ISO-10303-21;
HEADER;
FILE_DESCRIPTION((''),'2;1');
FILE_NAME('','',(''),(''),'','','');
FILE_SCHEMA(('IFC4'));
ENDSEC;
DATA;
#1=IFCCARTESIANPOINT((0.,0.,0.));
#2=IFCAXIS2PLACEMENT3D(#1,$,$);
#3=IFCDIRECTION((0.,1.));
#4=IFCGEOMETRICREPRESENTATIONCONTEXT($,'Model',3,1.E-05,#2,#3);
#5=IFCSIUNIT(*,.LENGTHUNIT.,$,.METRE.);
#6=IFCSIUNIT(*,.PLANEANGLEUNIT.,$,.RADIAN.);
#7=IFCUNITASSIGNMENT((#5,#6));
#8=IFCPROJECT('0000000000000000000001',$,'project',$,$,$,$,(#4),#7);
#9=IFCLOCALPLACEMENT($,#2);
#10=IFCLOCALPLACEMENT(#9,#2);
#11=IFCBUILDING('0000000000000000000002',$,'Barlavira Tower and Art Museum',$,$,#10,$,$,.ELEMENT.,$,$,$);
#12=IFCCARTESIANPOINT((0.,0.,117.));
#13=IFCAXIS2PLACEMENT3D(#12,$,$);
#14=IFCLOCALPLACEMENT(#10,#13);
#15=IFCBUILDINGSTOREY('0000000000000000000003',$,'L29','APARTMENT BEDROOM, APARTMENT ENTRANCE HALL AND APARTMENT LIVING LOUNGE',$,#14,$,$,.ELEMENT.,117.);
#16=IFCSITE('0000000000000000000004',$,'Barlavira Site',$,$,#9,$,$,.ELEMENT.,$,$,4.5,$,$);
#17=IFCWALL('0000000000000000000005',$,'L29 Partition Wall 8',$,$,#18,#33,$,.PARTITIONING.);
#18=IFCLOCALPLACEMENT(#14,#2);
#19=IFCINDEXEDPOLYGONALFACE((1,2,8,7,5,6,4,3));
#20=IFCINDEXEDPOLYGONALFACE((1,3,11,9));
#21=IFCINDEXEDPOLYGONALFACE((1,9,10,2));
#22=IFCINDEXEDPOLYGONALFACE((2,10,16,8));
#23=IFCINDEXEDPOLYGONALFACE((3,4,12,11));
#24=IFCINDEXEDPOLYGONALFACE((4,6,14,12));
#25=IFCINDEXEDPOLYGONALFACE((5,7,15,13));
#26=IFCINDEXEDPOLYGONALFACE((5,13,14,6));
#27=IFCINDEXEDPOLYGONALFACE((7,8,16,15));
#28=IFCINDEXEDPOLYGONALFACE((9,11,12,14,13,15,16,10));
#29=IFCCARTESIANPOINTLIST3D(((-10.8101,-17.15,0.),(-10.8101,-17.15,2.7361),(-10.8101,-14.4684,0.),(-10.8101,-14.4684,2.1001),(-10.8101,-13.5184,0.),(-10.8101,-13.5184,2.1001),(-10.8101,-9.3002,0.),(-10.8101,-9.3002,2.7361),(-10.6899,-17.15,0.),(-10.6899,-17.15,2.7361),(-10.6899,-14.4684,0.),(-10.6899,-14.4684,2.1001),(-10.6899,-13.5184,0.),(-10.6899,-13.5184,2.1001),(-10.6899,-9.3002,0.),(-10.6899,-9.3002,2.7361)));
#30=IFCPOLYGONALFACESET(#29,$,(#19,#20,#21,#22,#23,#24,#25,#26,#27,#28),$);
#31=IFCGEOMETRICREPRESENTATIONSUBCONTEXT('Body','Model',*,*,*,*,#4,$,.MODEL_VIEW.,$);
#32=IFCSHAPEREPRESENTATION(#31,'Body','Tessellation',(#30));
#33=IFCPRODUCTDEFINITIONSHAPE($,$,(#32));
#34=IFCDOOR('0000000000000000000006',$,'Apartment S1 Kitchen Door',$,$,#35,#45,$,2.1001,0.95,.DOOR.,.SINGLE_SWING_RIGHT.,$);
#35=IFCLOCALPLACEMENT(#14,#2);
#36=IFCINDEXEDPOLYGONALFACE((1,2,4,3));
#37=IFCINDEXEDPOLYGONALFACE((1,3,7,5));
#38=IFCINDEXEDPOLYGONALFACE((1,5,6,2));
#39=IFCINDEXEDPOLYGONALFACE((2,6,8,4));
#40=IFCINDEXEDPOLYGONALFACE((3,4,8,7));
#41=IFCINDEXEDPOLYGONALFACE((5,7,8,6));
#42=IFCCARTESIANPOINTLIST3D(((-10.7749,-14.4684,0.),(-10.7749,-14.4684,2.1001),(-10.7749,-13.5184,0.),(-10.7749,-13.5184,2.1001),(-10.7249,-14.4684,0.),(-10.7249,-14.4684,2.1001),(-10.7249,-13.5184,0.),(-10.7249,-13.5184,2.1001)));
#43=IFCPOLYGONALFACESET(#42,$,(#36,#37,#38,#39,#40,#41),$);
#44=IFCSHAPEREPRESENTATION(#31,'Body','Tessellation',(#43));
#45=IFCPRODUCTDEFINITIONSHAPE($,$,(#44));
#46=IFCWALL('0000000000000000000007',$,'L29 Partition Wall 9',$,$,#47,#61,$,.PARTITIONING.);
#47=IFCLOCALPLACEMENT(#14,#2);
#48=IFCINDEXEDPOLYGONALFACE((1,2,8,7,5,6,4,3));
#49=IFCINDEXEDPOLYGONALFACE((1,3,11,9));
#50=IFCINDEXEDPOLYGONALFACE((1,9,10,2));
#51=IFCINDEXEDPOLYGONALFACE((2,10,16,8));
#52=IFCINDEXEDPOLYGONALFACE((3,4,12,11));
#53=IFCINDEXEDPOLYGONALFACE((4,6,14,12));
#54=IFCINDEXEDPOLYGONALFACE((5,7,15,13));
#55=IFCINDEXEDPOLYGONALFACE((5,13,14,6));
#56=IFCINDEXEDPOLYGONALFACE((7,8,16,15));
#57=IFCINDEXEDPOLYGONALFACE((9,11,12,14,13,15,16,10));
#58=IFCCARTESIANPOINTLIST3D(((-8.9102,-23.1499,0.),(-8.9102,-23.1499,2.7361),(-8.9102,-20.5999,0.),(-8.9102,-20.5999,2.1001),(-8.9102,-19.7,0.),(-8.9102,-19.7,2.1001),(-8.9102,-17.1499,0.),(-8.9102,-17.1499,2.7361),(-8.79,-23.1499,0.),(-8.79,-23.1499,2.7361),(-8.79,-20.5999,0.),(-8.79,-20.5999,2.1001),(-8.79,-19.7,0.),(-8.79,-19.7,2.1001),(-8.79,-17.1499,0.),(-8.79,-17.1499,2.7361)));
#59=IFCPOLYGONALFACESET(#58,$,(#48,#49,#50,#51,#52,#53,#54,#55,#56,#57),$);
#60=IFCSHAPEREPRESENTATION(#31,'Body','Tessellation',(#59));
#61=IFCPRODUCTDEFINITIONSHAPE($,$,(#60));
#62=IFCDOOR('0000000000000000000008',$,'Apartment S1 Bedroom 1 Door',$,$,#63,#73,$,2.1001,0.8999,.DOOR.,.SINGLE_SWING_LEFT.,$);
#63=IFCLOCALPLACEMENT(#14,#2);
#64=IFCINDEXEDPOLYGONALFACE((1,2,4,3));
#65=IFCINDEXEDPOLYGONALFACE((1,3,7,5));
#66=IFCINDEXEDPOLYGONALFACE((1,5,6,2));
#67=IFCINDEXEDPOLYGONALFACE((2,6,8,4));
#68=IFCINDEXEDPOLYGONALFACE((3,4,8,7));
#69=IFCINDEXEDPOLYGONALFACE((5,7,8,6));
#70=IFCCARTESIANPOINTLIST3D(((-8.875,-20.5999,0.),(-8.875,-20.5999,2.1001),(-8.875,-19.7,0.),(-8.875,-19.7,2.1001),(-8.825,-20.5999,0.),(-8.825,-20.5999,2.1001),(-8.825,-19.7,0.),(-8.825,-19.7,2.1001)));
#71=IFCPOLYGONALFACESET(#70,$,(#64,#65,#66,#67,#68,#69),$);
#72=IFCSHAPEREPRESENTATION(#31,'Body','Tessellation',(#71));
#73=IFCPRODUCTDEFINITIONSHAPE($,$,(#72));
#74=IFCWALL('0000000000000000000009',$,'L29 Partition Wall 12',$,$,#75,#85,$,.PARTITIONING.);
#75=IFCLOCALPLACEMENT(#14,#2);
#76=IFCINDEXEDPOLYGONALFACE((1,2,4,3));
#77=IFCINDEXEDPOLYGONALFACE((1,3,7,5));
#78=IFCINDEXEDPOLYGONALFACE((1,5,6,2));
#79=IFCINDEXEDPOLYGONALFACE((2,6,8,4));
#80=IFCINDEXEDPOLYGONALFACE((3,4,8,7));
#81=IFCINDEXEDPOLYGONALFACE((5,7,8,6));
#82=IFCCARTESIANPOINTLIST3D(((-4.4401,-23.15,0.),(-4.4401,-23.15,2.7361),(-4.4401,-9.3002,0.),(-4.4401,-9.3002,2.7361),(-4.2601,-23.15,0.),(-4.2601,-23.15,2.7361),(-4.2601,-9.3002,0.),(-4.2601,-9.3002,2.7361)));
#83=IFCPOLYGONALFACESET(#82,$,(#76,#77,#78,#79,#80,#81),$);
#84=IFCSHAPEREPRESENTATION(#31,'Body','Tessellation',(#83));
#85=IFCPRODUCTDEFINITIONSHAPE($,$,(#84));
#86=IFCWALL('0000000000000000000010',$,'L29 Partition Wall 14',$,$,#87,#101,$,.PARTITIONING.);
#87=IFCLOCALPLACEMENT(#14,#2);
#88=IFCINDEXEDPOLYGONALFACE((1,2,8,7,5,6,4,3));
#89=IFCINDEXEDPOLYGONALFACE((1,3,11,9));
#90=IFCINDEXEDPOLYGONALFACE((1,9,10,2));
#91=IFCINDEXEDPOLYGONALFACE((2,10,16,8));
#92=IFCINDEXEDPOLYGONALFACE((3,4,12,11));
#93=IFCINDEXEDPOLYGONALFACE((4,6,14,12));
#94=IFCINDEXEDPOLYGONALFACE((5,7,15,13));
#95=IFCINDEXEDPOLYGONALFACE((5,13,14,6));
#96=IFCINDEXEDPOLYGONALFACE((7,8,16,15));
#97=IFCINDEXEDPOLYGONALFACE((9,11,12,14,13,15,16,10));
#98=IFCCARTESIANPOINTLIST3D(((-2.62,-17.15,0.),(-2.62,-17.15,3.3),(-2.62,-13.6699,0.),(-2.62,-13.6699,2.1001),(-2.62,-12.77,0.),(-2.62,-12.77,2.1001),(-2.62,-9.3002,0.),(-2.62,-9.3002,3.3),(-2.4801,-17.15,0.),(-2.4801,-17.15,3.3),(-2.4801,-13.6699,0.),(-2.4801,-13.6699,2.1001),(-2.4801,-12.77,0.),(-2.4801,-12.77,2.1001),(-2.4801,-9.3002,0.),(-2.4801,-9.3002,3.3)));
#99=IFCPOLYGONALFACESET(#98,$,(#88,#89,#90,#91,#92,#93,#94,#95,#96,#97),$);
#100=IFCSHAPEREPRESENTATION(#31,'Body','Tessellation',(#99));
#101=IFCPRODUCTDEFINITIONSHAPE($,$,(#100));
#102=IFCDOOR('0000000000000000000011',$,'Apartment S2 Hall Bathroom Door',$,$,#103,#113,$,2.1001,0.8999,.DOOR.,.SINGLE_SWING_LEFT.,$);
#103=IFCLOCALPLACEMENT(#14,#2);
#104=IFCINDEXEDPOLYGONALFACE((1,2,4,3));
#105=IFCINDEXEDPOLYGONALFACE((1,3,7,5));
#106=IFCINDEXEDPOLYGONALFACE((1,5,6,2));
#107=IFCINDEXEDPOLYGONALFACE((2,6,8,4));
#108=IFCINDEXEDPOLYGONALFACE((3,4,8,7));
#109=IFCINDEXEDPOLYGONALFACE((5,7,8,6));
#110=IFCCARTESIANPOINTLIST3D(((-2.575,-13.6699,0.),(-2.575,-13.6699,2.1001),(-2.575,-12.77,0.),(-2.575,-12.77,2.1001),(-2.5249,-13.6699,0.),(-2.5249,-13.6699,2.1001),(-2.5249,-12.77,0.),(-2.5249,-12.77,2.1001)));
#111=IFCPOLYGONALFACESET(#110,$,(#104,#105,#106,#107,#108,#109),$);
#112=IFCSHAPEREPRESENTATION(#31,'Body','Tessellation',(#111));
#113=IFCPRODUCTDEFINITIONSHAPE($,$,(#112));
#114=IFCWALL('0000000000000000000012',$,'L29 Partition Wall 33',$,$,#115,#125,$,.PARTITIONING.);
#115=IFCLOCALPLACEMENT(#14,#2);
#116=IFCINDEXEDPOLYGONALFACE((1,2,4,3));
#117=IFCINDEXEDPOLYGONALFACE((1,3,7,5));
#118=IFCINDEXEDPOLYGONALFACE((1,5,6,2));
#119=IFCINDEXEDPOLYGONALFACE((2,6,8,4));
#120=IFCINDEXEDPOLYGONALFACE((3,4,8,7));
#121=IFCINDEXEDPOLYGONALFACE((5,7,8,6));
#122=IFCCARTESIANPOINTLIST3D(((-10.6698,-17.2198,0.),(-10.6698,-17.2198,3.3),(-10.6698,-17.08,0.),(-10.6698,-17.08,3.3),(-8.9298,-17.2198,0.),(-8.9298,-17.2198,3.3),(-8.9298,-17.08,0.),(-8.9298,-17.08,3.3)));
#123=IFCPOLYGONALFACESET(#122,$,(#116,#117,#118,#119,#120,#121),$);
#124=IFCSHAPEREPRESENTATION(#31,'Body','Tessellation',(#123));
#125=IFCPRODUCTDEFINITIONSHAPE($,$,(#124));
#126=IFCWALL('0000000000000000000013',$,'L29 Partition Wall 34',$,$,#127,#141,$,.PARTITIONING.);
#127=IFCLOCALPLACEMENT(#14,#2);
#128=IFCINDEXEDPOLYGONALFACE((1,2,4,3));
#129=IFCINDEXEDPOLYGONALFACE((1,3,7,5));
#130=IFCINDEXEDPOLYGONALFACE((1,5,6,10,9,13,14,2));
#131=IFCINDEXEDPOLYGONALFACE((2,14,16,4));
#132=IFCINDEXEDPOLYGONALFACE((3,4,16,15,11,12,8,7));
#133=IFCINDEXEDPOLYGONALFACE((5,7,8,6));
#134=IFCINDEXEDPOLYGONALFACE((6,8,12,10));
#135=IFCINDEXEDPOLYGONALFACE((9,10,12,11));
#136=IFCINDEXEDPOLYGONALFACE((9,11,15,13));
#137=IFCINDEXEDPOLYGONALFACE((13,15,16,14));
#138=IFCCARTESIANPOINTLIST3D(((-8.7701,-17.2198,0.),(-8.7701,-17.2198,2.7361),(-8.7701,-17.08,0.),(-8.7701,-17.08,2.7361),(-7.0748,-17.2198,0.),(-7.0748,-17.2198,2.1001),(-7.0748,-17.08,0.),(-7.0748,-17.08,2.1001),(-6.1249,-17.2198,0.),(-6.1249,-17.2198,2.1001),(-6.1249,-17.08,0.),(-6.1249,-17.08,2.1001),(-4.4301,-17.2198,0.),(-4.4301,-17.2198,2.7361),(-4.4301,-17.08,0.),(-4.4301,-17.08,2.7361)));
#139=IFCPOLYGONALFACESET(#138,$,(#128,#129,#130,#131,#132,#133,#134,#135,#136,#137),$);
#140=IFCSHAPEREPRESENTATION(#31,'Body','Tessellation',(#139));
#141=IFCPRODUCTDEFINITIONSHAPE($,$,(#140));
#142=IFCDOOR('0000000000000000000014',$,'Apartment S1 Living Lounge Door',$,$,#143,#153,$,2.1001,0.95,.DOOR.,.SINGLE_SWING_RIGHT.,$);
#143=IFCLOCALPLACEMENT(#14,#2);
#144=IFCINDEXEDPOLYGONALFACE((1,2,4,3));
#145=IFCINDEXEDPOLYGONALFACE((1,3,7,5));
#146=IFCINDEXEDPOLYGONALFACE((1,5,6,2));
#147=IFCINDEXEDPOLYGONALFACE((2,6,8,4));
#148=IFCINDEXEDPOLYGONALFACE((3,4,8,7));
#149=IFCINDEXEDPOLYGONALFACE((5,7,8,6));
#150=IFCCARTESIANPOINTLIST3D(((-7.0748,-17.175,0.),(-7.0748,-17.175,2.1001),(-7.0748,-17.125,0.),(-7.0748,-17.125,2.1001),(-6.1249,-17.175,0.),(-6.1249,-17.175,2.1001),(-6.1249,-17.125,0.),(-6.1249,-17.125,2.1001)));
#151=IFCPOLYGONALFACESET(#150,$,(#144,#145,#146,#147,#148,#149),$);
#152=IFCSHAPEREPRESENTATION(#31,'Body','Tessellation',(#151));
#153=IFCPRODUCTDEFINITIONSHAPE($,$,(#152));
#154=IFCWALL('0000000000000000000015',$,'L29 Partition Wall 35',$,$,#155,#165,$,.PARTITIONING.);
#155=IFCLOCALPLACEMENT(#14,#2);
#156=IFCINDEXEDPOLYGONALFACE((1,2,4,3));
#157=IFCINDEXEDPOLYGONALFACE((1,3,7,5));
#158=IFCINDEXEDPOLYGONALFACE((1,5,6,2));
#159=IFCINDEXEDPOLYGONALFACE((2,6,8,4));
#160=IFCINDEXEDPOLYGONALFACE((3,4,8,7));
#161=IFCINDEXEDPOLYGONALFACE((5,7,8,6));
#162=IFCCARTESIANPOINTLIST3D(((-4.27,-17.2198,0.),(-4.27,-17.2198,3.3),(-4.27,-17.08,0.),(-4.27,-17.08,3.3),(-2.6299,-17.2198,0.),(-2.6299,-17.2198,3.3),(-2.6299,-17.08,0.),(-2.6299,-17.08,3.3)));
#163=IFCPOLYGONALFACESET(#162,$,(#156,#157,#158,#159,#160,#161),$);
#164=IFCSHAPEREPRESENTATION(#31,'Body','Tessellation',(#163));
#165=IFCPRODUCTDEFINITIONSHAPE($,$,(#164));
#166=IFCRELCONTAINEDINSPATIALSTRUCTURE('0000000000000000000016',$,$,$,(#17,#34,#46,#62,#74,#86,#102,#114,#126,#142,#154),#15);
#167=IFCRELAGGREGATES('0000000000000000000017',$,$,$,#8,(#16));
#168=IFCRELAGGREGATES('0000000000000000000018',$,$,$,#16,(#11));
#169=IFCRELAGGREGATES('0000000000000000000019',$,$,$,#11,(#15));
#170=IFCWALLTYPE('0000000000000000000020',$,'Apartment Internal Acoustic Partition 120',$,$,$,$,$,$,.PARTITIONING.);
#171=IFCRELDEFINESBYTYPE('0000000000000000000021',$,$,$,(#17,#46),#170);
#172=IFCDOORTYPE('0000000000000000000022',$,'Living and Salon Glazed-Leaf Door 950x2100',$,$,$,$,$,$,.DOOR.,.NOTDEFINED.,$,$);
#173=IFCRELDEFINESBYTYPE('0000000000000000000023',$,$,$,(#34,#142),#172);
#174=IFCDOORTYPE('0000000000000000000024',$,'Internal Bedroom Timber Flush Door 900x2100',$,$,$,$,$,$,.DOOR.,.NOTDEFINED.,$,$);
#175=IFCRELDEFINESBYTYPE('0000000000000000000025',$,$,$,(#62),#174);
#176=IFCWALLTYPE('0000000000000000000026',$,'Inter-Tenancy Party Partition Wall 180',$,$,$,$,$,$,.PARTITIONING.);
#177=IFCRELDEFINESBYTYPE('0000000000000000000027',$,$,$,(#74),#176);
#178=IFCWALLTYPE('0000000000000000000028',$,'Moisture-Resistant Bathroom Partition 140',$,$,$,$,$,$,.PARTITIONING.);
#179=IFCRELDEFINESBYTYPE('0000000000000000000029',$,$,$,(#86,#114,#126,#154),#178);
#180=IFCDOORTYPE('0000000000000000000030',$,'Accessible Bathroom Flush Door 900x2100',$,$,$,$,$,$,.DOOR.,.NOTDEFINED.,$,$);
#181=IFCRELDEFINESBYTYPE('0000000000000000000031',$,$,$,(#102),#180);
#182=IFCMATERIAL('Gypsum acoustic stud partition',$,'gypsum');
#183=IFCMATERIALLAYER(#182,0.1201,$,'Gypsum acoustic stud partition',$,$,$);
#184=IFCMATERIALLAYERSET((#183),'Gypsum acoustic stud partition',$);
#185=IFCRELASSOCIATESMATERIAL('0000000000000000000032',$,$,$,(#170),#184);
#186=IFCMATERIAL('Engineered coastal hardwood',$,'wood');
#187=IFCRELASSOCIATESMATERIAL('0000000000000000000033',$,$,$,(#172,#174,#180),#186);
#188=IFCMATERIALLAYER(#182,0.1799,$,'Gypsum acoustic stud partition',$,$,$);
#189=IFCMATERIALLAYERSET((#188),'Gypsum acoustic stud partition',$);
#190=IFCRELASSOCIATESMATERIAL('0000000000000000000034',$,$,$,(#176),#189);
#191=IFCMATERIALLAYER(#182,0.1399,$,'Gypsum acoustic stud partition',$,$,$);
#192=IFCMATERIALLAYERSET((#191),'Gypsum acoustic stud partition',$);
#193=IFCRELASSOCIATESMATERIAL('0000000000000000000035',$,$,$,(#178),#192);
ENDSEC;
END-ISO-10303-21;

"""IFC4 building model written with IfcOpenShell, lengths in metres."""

from ifc_helpers import new_model, si_unit, direction, frame, frame_2d, origin, place, context, subcontext, project, spatial, rectangle, extrude, material, layer, layer_set, type_object, element, fill, save


model = new_model("IFC4")

# Units and contexts
model_context = context("Model", 3, precision=1e-05, world=origin(), true_north=direction((0.0, 1.0)))
body_context = subcontext(model_context, "Body", "Model", "MODEL_VIEW")
ifc_project = project(units=[si_unit("LENGTHUNIT", "METRE"), si_unit("PLANEANGLEUNIT", "RADIAN")], contexts=[model_context])

# Site, building, storey
site_placement = place(None, origin())
site = spatial("IfcSite", under=ifc_project, at=site_placement, Name="Barlavira Site", CompositionType="ELEMENT", RefElevation=4.5)
building_placement = place(site_placement, origin())
building = spatial("IfcBuilding", under=site, at=building_placement, Name="Barlavira Tower and Art Museum", CompositionType="ELEMENT")
storey_placement = place(building_placement, frame((0.0, 0.0, 117.0)))
storey = spatial("IfcBuildingStorey", under=building, at=storey_placement, Name="L29", Description="APARTMENT BEDROOM, APARTMENT ENTRANCE HALL AND APARTMENT LIVING LOUNGE", CompositionType="ELEMENT", Elevation=117.0)

# Walls, openings, doors
ifc_material_1 = material(Name="Gypsum acoustic stud partition", Category="gypsum")
ifc_layer_1 = layer(ifc_material_1, 0.1201, Name="Gypsum acoustic stud partition")
ifc_layer_set_1 = layer_set([ifc_layer_1], Name="Gypsum acoustic stud partition")
wall_type_1 = type_object("IfcWallType", Name="Apartment Internal Acoustic Partition 120", PredefinedType="PARTITIONING", material=ifc_layer_set_1)
wall_1_placement = place(storey_placement, frame((-10.75, -17.1499, 0.0), z_axis=(0.0, 0.0, 1.0), x_axis=(0.0, 1.0, 0.0)))
wall_1 = element("IfcWall", 1, at=wall_1_placement, inside=storey, type_object=wall_type_1, Name="L29 Partition Wall 8", PredefinedType="PARTITIONING", context=body_context, shape_type="SweptSolid", body=[
    extrude(rectangle(XDim=7.8499, YDim=0.1201, at=frame_2d((3.9248, 0.0))), origin(), (0.0, 0.0, 1.0), 2.7361),
])
opening_1_placement = place(wall_1_placement, frame((2.6814, 0.0, 0.0)))
opening_1 = element("IfcOpeningElement", 2, at=opening_1_placement, cuts=wall_1, PredefinedType="OPENING", context=body_context, shape_type="SweptSolid", body=[
    extrude(rectangle(XDim=0.95, YDim=2.1001, at=frame_2d((0.4751, 1.05))), frame((0.0, 0.0701, 0.0), z_axis=(0.0, -1.0, 0.0), x_axis=(1.0, 0.0, 0.0)), (0.0, 0.0, 1.0), 0.1401),
])
ifc_material_2 = material(Name="Engineered coastal hardwood", Category="wood")
door_type_1 = type_object("IfcDoorType", Name="Living and Salon Glazed-Leaf Door 950x2100", OperationType="NOTDEFINED", PredefinedType="DOOR", material=ifc_material_2)
door_1_placement = place(opening_1_placement, origin())
door_1 = element("IfcDoor", 3, at=door_1_placement, inside=storey, type_object=door_type_1, Name="Apartment S1 Kitchen Door", OperationType="SINGLE_SWING_RIGHT", OverallHeight=2.1001, OverallWidth=0.95, PredefinedType="DOOR", context=body_context, shape_type="SweptSolid", body=[
    extrude(rectangle(XDim=0.95, YDim=2.1001, at=frame_2d((0.4751, 1.05))), frame((0.0, 0.0249, 0.0), z_axis=(0.0, -1.0, 0.0), x_axis=(1.0, 0.0, 0.0)), (0.0, 0.0, 1.0), 0.05),
])
fill(opening_1, door_1)
wall_2_placement = place(storey_placement, frame((-8.8501, -23.1499, 0.0), z_axis=(0.0, 0.0, 1.0), x_axis=(0.0, 1.0, 0.0)))
wall_2 = element("IfcWall", 4, at=wall_2_placement, inside=storey, type_object=wall_type_1, Name="L29 Partition Wall 9", PredefinedType="PARTITIONING", context=body_context, shape_type="SweptSolid", body=[
    extrude(rectangle(XDim=6.0, YDim=0.1201, at=frame_2d((3.0, 0.0))), origin(), (0.0, 0.0, 1.0), 2.7361),
])
opening_2_placement = place(wall_2_placement, frame((2.55, 0.0, 0.0)))
opening_2 = element("IfcOpeningElement", 5, at=opening_2_placement, cuts=wall_2, PredefinedType="OPENING", context=body_context, shape_type="SweptSolid", body=[
    extrude(rectangle(XDim=0.8999, YDim=2.1001, at=frame_2d((0.45, 1.05))), frame((0.0, 0.0701, 0.0), z_axis=(0.0, -1.0, 0.0), x_axis=(1.0, 0.0, 0.0)), (0.0, 0.0, 1.0), 0.1401),
])
door_type_2 = type_object("IfcDoorType", Name="Internal Bedroom Timber Flush Door 900x2100", OperationType="NOTDEFINED", PredefinedType="DOOR", material=ifc_material_2)
door_2_placement = place(opening_2_placement, origin())
door_2 = element("IfcDoor", 6, at=door_2_placement, inside=storey, type_object=door_type_2, Name="Apartment S1 Bedroom 1 Door", OperationType="SINGLE_SWING_LEFT", OverallHeight=2.1001, OverallWidth=0.8999, PredefinedType="DOOR", context=body_context, shape_type="SweptSolid", body=[
    extrude(rectangle(XDim=0.8999, YDim=2.1001, at=frame_2d((0.45, 1.05))), frame((0.0, 0.0249, 0.0), z_axis=(0.0, -1.0, 0.0), x_axis=(1.0, 0.0, 0.0)), (0.0, 0.0, 1.0), 0.05),
])
fill(opening_2, door_2)

# Wall
ifc_layer_2 = layer(ifc_material_1, 0.1799, Name="Gypsum acoustic stud partition")
ifc_layer_set_2 = layer_set([ifc_layer_2], Name="Gypsum acoustic stud partition")
wall_type_2 = type_object("IfcWallType", Name="Inter-Tenancy Party Partition Wall 180", PredefinedType="PARTITIONING", material=ifc_layer_set_2)
wall_3_placement = place(storey_placement, frame((-4.3501, -23.1499, 0.0), z_axis=(0.0, 0.0, 1.0), x_axis=(0.0, 1.0, 0.0)))
element("IfcWall", 7, at=wall_3_placement, inside=storey, type_object=wall_type_2, Name="L29 Partition Wall 12", PredefinedType="PARTITIONING", context=body_context, shape_type="SweptSolid", body=[
    extrude(rectangle(XDim=13.8499, YDim=0.1799, at=frame_2d((6.9248, 0.0))), origin(), (0.0, 0.0, 1.0), 2.7361),
])

# Wall, opening, door
ifc_layer_3 = layer(ifc_material_1, 0.1399, Name="Gypsum acoustic stud partition")
ifc_layer_set_3 = layer_set([ifc_layer_3], Name="Gypsum acoustic stud partition")
wall_type_3 = type_object("IfcWallType", Name="Moisture-Resistant Bathroom Partition 140", PredefinedType="PARTITIONING", material=ifc_layer_set_3)
wall_4_placement = place(storey_placement, frame((-2.55, -17.1499, 0.0), z_axis=(0.0, 0.0, 1.0), x_axis=(0.0, 1.0, 0.0)))
wall_4 = element("IfcWall", 8, at=wall_4_placement, inside=storey, type_object=wall_type_3, Name="L29 Partition Wall 14", PredefinedType="PARTITIONING", context=body_context, shape_type="SweptSolid", body=[
    extrude(rectangle(XDim=7.8499, YDim=0.1399, at=frame_2d((3.9248, 0.0))), origin(), (0.0, 0.0, 1.0), 3.3),
])
opening_3_placement = place(wall_4_placement, frame((3.48, 0.0, 0.0)))
opening_3 = element("IfcOpeningElement", 9, at=opening_3_placement, cuts=wall_4, PredefinedType="OPENING", context=body_context, shape_type="SweptSolid", body=[
    extrude(rectangle(XDim=0.8999, YDim=2.1001, at=frame_2d((0.45, 1.05))), frame((0.0, 0.0801, 0.0), z_axis=(0.0, -1.0, 0.0), x_axis=(1.0, 0.0, 0.0)), (0.0, 0.0, 1.0), 0.1599),
])
door_type_3 = type_object("IfcDoorType", Name="Accessible Bathroom Flush Door 900x2100", OperationType="NOTDEFINED", PredefinedType="DOOR", material=ifc_material_2)
door_3_placement = place(opening_3_placement, origin())
door_3 = element("IfcDoor", 10, at=door_3_placement, inside=storey, type_object=door_type_3, Name="Apartment S2 Hall Bathroom Door", OperationType="SINGLE_SWING_LEFT", OverallHeight=2.1001, OverallWidth=0.8999, PredefinedType="DOOR", context=body_context, shape_type="SweptSolid", body=[
    extrude(rectangle(XDim=0.8999, YDim=2.1001, at=frame_2d((0.45, 1.05))), frame((0.0, 0.0249, 0.0), z_axis=(0.0, -1.0, 0.0), x_axis=(1.0, 0.0, 0.0)), (0.0, 0.0, 1.0), 0.05),
])
fill(opening_3, door_3)

# Wall
wall_5_placement = place(storey_placement, frame((-10.6699, -17.1499, 0.0), z_axis=(0.0, 0.0, 1.0), x_axis=(1.0, 0.0, 0.0)))
element("IfcWall", 11, at=wall_5_placement, inside=storey, type_object=wall_type_3, Name="L29 Partition Wall 33", PredefinedType="PARTITIONING", context=body_context, shape_type="SweptSolid", body=[
    extrude(rectangle(XDim=1.74, YDim=0.1399, at=frame_2d((0.8701, 0.0))), origin(), (0.0, 0.0, 1.0), 3.3),
])

# Wall, opening, door
wall_6_placement = place(storey_placement, frame((-8.77, -17.1499, 0.0), z_axis=(0.0, 0.0, 1.0), x_axis=(1.0, 0.0, 0.0)))
wall_6 = element("IfcWall", 12, at=wall_6_placement, inside=storey, type_object=wall_type_3, Name="L29 Partition Wall 34", PredefinedType="PARTITIONING", context=body_context, shape_type="SweptSolid", body=[
    extrude(rectangle(XDim=4.3401, YDim=0.1399, at=frame_2d((2.1699, 0.0))), origin(), (0.0, 0.0, 1.0), 2.7361),
])
opening_4_placement = place(wall_6_placement, frame((1.6951, 0.0, 0.0)))
opening_4 = element("IfcOpeningElement", 13, at=opening_4_placement, cuts=wall_6, PredefinedType="OPENING", context=body_context, shape_type="SweptSolid", body=[
    extrude(rectangle(XDim=0.95, YDim=2.1001, at=frame_2d((0.4751, 1.05))), frame((0.0, 0.0801, 0.0), z_axis=(0.0, -1.0, 0.0), x_axis=(1.0, 0.0, 0.0)), (0.0, 0.0, 1.0), 0.1599),
])
door_4_placement = place(opening_4_placement, origin())
door_4 = element("IfcDoor", 14, at=door_4_placement, inside=storey, type_object=door_type_1, Name="Apartment S1 Living Lounge Door", OperationType="SINGLE_SWING_RIGHT", OverallHeight=2.1001, OverallWidth=0.95, PredefinedType="DOOR", context=body_context, shape_type="SweptSolid", body=[
    extrude(rectangle(XDim=0.95, YDim=2.1001, at=frame_2d((0.4751, 1.05))), frame((0.0, 0.0249, 0.0), z_axis=(0.0, -1.0, 0.0), x_axis=(1.0, 0.0, 0.0)), (0.0, 0.0, 1.0), 0.05),
])
fill(opening_4, door_4)

# Wall
wall_7_placement = place(storey_placement, frame((-4.27, -17.1499, 0.0), z_axis=(0.0, 0.0, 1.0), x_axis=(1.0, 0.0, 0.0)))
element("IfcWall", 15, at=wall_7_placement, inside=storey, type_object=wall_type_3, Name="L29 Partition Wall 35", PredefinedType="PARTITIONING", context=body_context, shape_type="SweptSolid", body=[
    extrude(rectangle(XDim=1.6401, YDim=0.1399, at=frame_2d((0.8201, 0.0))), origin(), (0.0, 0.0, 1.0), 3.3),
])

save(model, "model.ifc")
